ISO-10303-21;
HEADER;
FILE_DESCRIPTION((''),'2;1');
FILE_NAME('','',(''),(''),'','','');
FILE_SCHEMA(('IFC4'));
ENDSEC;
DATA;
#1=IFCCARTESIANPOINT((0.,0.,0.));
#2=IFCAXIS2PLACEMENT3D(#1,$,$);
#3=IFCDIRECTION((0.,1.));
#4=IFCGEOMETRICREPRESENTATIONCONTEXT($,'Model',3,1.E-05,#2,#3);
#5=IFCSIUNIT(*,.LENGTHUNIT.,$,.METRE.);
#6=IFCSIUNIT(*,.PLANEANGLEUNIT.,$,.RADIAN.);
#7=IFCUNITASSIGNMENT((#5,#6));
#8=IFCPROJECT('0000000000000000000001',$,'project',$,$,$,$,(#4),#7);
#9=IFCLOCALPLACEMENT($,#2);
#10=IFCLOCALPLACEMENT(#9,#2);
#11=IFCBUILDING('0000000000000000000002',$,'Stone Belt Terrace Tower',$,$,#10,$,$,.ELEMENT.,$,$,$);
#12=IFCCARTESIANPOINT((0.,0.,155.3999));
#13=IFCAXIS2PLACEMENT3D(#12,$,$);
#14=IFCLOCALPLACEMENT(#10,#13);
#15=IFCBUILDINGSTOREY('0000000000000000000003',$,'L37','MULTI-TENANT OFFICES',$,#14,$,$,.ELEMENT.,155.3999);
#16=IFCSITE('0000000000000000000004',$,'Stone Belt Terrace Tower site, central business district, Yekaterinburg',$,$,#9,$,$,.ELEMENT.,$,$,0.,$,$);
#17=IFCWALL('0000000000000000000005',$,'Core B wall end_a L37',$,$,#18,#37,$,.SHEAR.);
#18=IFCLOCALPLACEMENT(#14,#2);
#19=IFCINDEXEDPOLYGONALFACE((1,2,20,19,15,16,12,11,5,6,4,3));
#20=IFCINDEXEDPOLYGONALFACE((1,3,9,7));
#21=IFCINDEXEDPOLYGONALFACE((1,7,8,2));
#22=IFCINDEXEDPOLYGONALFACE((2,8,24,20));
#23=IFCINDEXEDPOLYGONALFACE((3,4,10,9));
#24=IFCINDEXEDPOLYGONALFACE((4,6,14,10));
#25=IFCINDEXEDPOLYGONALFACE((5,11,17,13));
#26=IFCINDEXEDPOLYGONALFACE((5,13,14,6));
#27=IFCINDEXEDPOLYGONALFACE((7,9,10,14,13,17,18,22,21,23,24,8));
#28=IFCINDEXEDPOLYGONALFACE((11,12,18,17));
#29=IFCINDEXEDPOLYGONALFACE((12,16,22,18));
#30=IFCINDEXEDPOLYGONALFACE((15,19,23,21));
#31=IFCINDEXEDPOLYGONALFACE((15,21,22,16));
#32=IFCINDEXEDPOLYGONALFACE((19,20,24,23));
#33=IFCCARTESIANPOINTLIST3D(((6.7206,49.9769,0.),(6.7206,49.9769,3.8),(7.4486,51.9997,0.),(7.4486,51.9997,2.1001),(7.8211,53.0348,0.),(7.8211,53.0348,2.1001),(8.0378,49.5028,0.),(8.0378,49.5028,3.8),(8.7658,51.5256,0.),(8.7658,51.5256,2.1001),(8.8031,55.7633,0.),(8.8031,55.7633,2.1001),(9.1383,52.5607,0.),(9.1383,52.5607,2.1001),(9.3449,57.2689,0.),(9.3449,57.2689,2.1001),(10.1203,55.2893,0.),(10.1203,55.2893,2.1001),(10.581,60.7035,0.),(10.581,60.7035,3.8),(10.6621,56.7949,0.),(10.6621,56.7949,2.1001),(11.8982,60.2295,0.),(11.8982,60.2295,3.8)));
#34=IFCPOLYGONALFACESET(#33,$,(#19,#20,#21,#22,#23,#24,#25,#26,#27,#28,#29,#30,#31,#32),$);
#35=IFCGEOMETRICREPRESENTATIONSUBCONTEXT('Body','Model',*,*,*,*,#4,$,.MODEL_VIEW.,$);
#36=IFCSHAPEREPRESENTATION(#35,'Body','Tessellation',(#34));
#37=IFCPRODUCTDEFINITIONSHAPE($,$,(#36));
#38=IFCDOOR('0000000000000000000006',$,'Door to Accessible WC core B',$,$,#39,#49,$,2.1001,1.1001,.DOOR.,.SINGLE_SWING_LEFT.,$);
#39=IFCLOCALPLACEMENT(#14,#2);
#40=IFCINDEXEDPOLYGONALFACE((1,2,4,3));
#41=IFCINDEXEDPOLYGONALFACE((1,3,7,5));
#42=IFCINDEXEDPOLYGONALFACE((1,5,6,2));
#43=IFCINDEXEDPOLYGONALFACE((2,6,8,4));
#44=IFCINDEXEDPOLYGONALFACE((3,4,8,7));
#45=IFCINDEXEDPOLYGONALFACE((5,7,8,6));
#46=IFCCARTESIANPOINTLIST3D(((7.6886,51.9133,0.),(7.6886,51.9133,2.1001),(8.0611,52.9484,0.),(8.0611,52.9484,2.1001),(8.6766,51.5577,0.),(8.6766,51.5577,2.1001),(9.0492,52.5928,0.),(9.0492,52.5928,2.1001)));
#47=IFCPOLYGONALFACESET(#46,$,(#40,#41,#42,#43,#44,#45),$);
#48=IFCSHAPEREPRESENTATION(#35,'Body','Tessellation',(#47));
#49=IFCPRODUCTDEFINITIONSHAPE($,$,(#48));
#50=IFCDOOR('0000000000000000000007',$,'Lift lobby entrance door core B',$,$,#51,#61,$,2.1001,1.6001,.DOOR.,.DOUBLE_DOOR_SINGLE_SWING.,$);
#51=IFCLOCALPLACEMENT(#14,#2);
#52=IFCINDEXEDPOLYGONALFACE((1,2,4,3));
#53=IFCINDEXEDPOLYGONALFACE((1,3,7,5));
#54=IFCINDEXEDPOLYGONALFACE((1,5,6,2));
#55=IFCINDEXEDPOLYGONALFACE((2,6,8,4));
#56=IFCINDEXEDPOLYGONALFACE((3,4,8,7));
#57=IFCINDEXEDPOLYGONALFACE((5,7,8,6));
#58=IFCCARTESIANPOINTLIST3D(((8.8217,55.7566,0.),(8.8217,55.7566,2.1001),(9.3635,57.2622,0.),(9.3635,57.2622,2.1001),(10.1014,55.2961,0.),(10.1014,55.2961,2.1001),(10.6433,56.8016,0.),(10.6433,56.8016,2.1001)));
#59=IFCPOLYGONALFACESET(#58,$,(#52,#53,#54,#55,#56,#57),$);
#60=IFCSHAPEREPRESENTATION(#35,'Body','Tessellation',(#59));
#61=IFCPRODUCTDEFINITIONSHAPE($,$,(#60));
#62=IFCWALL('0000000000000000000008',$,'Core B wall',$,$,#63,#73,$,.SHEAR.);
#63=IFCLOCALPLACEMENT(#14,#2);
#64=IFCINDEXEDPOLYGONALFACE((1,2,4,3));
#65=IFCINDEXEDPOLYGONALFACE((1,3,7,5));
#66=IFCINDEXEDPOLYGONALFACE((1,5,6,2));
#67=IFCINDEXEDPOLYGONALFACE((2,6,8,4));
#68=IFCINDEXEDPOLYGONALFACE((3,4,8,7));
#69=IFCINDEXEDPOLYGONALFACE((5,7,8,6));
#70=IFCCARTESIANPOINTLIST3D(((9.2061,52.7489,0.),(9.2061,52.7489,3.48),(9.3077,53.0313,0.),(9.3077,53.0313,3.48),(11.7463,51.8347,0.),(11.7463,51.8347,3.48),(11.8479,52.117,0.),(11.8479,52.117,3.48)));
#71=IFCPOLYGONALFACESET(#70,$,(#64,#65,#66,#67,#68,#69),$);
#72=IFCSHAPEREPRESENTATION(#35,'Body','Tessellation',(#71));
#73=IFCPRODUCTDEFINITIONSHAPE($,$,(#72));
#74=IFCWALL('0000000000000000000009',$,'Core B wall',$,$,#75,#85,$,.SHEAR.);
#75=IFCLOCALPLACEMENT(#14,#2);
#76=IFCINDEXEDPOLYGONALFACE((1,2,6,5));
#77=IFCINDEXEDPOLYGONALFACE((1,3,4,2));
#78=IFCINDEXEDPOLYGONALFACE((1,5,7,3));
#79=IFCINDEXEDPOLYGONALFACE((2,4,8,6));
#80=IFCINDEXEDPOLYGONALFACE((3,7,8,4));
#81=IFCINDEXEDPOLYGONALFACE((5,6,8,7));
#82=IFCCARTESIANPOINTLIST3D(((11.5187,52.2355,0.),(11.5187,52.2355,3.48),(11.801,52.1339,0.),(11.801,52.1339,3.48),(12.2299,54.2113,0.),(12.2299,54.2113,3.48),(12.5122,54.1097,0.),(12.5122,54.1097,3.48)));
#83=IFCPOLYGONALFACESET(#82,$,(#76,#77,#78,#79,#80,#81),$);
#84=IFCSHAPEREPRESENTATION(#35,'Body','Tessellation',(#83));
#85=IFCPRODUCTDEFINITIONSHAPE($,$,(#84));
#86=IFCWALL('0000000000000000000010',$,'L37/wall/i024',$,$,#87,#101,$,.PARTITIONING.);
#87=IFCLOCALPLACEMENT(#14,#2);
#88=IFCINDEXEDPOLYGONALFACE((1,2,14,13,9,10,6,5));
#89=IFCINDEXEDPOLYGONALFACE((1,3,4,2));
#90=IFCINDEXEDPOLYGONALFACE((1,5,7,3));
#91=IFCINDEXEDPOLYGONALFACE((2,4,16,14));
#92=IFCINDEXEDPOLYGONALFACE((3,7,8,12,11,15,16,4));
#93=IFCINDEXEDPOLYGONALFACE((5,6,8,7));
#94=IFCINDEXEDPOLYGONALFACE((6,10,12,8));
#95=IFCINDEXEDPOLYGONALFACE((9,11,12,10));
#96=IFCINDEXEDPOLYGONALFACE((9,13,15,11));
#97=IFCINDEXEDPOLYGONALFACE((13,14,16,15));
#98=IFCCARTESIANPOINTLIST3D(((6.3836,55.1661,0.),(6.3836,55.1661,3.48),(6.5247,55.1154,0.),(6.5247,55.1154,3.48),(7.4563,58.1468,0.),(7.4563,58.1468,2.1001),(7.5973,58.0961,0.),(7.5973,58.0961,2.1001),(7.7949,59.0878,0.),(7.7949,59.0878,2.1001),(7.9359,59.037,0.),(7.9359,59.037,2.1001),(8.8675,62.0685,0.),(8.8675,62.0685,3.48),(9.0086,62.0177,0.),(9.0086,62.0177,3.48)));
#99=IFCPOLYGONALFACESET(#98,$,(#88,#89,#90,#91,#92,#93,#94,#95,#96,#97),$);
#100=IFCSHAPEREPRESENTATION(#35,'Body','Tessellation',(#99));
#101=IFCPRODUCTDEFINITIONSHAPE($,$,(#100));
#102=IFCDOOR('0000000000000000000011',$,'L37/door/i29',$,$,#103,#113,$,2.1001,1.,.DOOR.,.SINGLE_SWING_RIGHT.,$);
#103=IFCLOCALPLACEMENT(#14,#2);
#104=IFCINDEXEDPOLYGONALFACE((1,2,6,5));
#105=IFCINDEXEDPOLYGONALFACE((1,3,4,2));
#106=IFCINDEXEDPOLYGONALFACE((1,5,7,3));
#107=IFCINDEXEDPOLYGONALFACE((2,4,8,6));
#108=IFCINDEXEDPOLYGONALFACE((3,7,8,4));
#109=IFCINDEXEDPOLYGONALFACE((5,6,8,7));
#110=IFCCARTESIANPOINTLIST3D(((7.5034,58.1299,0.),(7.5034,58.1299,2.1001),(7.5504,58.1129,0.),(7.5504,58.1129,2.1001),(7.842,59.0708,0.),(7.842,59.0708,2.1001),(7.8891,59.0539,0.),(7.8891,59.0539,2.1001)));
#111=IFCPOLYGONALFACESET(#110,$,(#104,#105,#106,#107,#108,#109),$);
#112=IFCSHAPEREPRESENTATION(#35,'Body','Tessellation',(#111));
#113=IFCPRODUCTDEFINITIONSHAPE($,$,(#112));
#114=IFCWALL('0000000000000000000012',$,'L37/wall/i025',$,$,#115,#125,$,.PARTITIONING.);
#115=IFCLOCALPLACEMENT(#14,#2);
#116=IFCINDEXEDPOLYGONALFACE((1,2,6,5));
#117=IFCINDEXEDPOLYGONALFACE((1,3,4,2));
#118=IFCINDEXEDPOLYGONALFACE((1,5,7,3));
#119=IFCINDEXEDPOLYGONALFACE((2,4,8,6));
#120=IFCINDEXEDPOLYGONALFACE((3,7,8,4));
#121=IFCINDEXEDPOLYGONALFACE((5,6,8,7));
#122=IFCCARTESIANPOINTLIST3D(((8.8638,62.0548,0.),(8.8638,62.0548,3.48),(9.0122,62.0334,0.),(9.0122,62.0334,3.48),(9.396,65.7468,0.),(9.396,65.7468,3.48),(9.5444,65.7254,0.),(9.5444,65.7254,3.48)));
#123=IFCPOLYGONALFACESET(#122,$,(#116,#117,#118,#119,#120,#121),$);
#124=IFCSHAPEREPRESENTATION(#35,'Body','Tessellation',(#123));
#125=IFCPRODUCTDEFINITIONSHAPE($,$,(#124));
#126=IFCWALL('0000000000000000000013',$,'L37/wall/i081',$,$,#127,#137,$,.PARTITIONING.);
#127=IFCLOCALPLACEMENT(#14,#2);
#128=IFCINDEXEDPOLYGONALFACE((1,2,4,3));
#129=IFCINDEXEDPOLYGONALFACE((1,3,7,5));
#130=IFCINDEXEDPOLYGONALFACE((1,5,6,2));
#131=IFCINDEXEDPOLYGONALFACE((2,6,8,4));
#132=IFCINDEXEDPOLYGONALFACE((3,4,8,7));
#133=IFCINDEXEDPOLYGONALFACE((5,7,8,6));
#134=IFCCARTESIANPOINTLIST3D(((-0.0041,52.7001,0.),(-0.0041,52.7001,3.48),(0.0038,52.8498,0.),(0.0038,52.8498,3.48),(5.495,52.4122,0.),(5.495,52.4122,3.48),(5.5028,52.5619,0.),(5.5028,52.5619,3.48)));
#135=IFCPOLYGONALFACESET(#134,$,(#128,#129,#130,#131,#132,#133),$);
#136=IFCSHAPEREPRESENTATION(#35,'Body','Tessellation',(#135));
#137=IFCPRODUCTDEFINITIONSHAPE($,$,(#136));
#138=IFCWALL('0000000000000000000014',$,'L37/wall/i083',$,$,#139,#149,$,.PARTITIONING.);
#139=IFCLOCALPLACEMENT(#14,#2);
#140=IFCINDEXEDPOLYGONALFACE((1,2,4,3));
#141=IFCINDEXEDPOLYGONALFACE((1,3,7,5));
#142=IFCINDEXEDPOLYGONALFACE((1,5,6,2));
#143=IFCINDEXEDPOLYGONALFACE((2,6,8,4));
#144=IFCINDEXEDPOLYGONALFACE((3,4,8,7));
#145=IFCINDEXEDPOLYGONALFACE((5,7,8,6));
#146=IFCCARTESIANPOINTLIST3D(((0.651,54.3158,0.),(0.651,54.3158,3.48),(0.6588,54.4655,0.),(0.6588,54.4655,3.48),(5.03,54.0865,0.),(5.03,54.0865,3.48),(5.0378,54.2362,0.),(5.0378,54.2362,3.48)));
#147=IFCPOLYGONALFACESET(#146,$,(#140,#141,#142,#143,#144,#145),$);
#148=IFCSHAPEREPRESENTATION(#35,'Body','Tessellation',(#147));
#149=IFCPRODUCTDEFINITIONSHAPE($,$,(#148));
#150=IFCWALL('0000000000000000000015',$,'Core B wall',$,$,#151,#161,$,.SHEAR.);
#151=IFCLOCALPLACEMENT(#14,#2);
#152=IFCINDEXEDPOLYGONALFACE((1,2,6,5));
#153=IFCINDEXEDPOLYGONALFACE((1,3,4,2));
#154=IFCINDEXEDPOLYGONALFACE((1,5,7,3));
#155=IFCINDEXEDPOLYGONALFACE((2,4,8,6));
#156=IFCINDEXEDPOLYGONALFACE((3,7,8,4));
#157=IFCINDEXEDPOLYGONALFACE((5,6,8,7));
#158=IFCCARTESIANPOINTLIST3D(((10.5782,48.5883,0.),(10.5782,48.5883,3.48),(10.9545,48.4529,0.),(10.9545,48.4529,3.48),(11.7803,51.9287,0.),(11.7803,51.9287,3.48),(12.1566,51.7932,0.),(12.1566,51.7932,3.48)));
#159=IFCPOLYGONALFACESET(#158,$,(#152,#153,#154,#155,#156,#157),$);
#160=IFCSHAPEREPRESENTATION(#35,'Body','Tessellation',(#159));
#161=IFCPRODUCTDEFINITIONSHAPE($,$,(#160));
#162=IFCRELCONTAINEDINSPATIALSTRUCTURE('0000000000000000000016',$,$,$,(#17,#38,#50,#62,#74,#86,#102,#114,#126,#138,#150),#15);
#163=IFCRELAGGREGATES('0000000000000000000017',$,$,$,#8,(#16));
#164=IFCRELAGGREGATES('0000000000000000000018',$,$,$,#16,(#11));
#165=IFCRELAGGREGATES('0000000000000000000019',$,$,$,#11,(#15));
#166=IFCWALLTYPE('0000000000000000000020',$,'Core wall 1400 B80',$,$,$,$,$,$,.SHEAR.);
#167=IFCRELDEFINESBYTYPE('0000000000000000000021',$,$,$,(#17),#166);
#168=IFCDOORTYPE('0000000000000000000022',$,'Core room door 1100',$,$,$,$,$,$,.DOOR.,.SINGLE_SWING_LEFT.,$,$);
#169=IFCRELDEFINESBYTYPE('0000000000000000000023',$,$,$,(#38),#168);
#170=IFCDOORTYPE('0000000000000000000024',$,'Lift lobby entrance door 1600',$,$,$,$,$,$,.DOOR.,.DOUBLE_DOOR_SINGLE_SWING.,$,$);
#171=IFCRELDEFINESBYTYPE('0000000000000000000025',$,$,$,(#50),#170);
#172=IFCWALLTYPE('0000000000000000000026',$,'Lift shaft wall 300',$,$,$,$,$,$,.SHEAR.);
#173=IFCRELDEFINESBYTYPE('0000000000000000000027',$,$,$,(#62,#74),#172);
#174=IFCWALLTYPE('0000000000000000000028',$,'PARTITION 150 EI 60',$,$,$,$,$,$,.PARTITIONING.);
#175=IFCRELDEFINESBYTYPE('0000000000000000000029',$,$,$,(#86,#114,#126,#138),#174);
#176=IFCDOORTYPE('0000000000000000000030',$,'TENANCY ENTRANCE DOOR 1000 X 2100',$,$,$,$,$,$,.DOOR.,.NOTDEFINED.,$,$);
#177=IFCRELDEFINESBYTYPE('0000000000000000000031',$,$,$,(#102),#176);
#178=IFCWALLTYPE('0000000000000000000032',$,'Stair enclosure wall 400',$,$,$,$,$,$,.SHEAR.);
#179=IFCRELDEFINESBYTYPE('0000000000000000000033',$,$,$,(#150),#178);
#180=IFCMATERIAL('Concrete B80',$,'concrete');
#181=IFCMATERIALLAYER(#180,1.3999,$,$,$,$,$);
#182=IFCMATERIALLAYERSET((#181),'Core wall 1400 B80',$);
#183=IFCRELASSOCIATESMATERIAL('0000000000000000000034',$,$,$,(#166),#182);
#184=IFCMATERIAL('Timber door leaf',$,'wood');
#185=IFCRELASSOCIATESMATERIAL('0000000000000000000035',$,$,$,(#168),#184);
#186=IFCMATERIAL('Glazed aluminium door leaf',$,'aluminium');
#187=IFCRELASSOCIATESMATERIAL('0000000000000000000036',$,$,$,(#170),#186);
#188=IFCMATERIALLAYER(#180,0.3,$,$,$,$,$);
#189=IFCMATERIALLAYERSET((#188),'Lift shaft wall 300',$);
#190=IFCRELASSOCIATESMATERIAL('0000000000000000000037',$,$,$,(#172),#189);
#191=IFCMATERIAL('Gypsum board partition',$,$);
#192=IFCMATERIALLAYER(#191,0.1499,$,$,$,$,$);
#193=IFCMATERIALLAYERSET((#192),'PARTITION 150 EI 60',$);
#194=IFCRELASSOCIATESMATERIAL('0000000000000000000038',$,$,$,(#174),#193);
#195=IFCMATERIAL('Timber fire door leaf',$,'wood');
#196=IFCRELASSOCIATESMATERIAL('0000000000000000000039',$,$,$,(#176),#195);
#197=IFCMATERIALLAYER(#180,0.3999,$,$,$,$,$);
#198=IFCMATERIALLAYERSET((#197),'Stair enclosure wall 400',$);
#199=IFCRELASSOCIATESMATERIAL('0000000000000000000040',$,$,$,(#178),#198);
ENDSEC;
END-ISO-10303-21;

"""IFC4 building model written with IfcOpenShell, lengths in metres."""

from ifc_helpers import new_model, si_unit, direction, frame, frame_2d, origin, place, context, subcontext, project, spatial, rectangle, extrude, material, layer, layer_set, type_object, element, fill, save


model = new_model("IFC4")

# Units and contexts
model_context = context("Model", 3, precision=1e-05, world=origin(), true_north=direction((0.0, 1.0)))
body_context = subcontext(model_context, "Body", "Model", "MODEL_VIEW")
ifc_project = project(units=[si_unit("LENGTHUNIT", "METRE"), si_unit("PLANEANGLEUNIT", "RADIAN")], contexts=[model_context])

# Site, building, storey
site_placement = place(None, origin())
site = spatial("IfcSite", under=ifc_project, at=site_placement, Name="Stone Belt Terrace Tower site, central business district, Yekaterinburg", CompositionType="ELEMENT", RefElevation=0.0)
building_placement = place(site_placement, origin())
building = spatial("IfcBuilding", under=site, at=building_placement, Name="Stone Belt Terrace Tower", CompositionType="ELEMENT")
storey_placement = place(building_placement, frame((0.0, 0.0, 155.3999)))
storey = spatial("IfcBuildingStorey", under=building, at=storey_placement, Name="L37", Description="MULTI-TENANT OFFICES", CompositionType="ELEMENT", Elevation=155.3999)

# Shared definitions
ifc_material_1 = material(Name="Concrete B80", Category="concrete")

# Shared definitions
ifc_material_2 = material(Name="Timber door leaf", Category="wood")

# Shared definitions
ifc_layer_1 = layer(ifc_material_1, 1.3999)
ifc_layer_set_1 = layer_set([ifc_layer_1], Name="Core wall 1400 B80")
wall_type_1 = type_object("IfcWallType", Name="Core wall 1400 B80", PredefinedType="SHEAR", material=ifc_layer_set_1)
door_type_1 = type_object("IfcDoorType", Name="Core room door 1100", OperationType="SINGLE_SWING_LEFT", PredefinedType="DOOR", material=ifc_material_2)

# Wall, openings, doors
wall_1_placement = place(storey_placement, frame((7.3792, 49.7397, 0.0), z_axis=(0.0, 0.0, 1.0), x_axis=(0.338625, 0.940921, 0.0)))
wall_1 = element("IfcWall", 1, at=wall_1_placement, inside=storey, type_object=wall_type_1, Name="Core B wall end_a L37", PredefinedType="SHEAR", context=body_context, shape_type="SweptSolid", body=[
    extrude(rectangle(XDim=11.4001, YDim=1.3999, at=frame_2d((5.7002, 0.0))), origin(), (0.0, 0.0, 1.0), 3.8),
])
opening_1_placement = place(wall_1_placement, frame((6.1499, 0.0, 0.0)))
opening_1 = element("IfcOpeningElement", 2, at=opening_1_placement, cuts=wall_1, PredefinedType="OPENING", context=body_context, shape_type="SweptSolid", body=[
    extrude(rectangle(XDim=1.6001, YDim=2.1001, at=frame_2d((0.8, 1.05))), frame((0.0, 0.71, 0.0), z_axis=(0.0, -1.0, 0.0), x_axis=(1.0, 0.0, 0.0)), (0.0, 0.0, 1.0), 1.4199),
])
opening_2_placement = place(wall_1_placement, frame((2.1499, 0.0, 0.0)))
opening_2 = element("IfcOpeningElement", 3, at=opening_2_placement, cuts=wall_1, PredefinedType="OPENING", context=body_context, shape_type="SweptSolid", body=[
    extrude(rectangle(XDim=1.1001, YDim=2.1001, at=frame_2d((0.55, 1.05))), frame((0.0, 0.71, 0.0), z_axis=(0.0, -1.0, 0.0), x_axis=(1.0, 0.0, 0.0)), (0.0, 0.0, 1.0), 1.4199),
])
door_1_placement = place(opening_2_placement, origin())
door_1 = element("IfcDoor", 4, at=door_1_placement, inside=storey, type_object=door_type_1, Name="Door to Accessible WC core B", OperationType="SINGLE_SWING_LEFT", OverallHeight=2.1001, OverallWidth=1.1001, PredefinedType="DOOR", context=body_context, shape_type="SweptSolid", body=[
    extrude(rectangle(XDim=1.1001, YDim=2.1001, at=frame_2d((0.55, 1.05))), frame((0.0, 0.4448, 0.0), z_axis=(0.0, -1.0, 0.0), x_axis=(1.0, 0.0, 0.0)), (0.0, 0.0, 1.0), 1.05),
])
fill(opening_2, door_1)
ifc_material_3 = material(Name="Glazed aluminium door leaf", Category="aluminium")
door_type_2 = type_object("IfcDoorType", Name="Lift lobby entrance door 1600", OperationType="DOUBLE_DOOR_SINGLE_SWING", PredefinedType="DOOR", material=ifc_material_3)
door_2_placement = place(opening_1_placement, origin())
door_2 = element("IfcDoor", 5, at=door_2_placement, inside=storey, type_object=door_type_2, Name="Lift lobby entrance door core B", OperationType="DOUBLE_DOOR_SINGLE_SWING", OverallHeight=2.1001, OverallWidth=1.6001, PredefinedType="DOOR", context=body_context, shape_type="SweptSolid", body=[
    extrude(rectangle(XDim=1.6001, YDim=2.1001, at=frame_2d((0.8, 1.05))), frame((0.0, 0.6802, 0.0), z_axis=(0.0, -1.0, 0.0), x_axis=(1.0, 0.0, 0.0)), (0.0, 0.0, 1.0), 1.3601),
])
fill(opening_1, door_2)

# Walls
ifc_layer_2 = layer(ifc_material_1, 0.3)
ifc_layer_set_2 = layer_set([ifc_layer_2], Name="Lift shaft wall 300")
wall_type_2 = type_object("IfcWallType", Name="Lift shaft wall 300", PredefinedType="SHEAR", material=ifc_layer_set_2)
wall_2_placement = place(storey_placement, frame((11.7971, 51.9758, 0.0), z_axis=(0.0, 0.0, 1.0), x_axis=(-0.94091, 0.338655, 0.0)))
element("IfcWall", 6, at=wall_2_placement, inside=storey, type_object=wall_type_2, Name="Core B wall", PredefinedType="SHEAR", context=body_context, shape_type="SweptSolid", body=[
    extrude(rectangle(XDim=2.6997, YDim=0.3, at=frame_2d((1.3499, 0.0))), origin(), (0.0, 0.0, 1.0), 3.48),
])
wall_3_placement = place(storey_placement, frame((11.6599, 52.1848, 0.0), z_axis=(0.0, 0.0, 1.0), x_axis=(0.33867, 0.940905, 0.0)))
element("IfcWall", 7, at=wall_3_placement, inside=storey, type_object=wall_type_2, Name="Core B wall", PredefinedType="SHEAR", context=body_context, shape_type="SweptSolid", body=[
    extrude(rectangle(XDim=2.0999, YDim=0.3, at=frame_2d((1.0498, 0.0))), origin(), (0.0, 0.0, 1.0), 3.48),
])

# Wall, opening, door
ifc_material_4 = material(Name="Gypsum board partition")
ifc_layer_3 = layer(ifc_material_4, 0.1499)
ifc_layer_set_3 = layer_set([ifc_layer_3], Name="PARTITION 150 EI 60")
wall_type_3 = type_object("IfcWallType", Name="PARTITION 150 EI 60", PredefinedType="PARTITIONING", material=ifc_layer_set_3)
wall_4_placement = place(storey_placement, frame((6.4541, 55.1406, 0.0), z_axis=(0.0, 0.0, 1.0), x_axis=(0.338604, 0.940929, 0.0)))
wall_4 = element("IfcWall", 8, at=wall_4_placement, inside=storey, type_object=wall_type_3, Name="L37/wall/i024", PredefinedType="PARTITIONING", context=body_context, shape_type="SweptSolid", body=[
    extrude(rectangle(XDim=7.3357, YDim=0.1499, at=frame_2d((3.668, 0.0))), origin(), (0.0, 0.0, 1.0), 3.48),
])
opening_3_placement = place(wall_4_placement, frame((3.168, 0.0, 0.0)))
opening_3 = element("IfcOpeningElement", 9, at=opening_3_placement, cuts=wall_4, PredefinedType="OPENING", context=body_context, shape_type="SweptSolid", body=[
    extrude(rectangle(XDim=1.0, YDim=2.1001, at=frame_2d((0.5, 1.05))), frame((0.0, 0.085, 0.0), z_axis=(0.0, -1.0, 0.0), x_axis=(1.0, 0.0, 0.0)), (0.0, 0.0, 1.0), 0.1699),
])
ifc_material_5 = material(Name="Timber fire door leaf", Category="wood")
door_type_3 = type_object("IfcDoorType", Name="TENANCY ENTRANCE DOOR 1000 X 2100", OperationType="NOTDEFINED", PredefinedType="DOOR", material=ifc_material_5)
door_3_placement = place(opening_3_placement, origin())
door_3 = element("IfcDoor", 10, at=door_3_placement, inside=storey, type_object=door_type_3, Name="L37/door/i29", OperationType="SINGLE_SWING_RIGHT", OverallHeight=2.1001, OverallWidth=1.0, PredefinedType="DOOR", context=body_context, shape_type="SweptSolid", body=[
    extrude(rectangle(XDim=1.0, YDim=2.1001, at=frame_2d((0.5, 1.05))), frame((0.0, 0.0249, 0.0), z_axis=(0.0, -1.0, 0.0), x_axis=(1.0, 0.0, 0.0)), (0.0, 0.0, 1.0), 0.05),
])
fill(opening_3, door_3)

# Walls
wall_5_placement = place(storey_placement, frame((8.938, 62.0439, 0.0), z_axis=(0.0, 0.0, 1.0), x_axis=(0.142677, 0.989769, 0.0)))
element("IfcWall", 11, at=wall_5_placement, inside=storey, type_object=wall_type_3, Name="L37/wall/i025", PredefinedType="PARTITIONING", context=body_context, shape_type="SweptSolid", body=[
    extrude(rectangle(XDim=3.7302, YDim=0.1499, at=frame_2d((1.8652, 0.0))), origin(), (0.0, 0.0, 1.0), 3.48),
])
wall_6_placement = place(storey_placement, frame((5.499, 52.4871, 0.0), z_axis=(0.0, 0.0, 1.0), x_axis=(-0.998633, 0.052273, 0.0)))
element("IfcWall", 12, at=wall_6_placement, inside=storey, type_object=wall_type_3, Name="L37/wall/i081", PredefinedType="PARTITIONING", context=body_context, shape_type="SweptSolid", body=[
    extrude(rectangle(XDim=5.5066, YDim=0.1499, at=frame_2d((2.7534, 0.0))), origin(), (0.0, 0.0, 1.0), 3.48),
])
wall_7_placement = place(storey_placement, frame((0.655, 54.3906, 0.0), z_axis=(0.0, 0.0, 1.0), x_axis=(0.998632, -0.052281, 0.0)))
element("IfcWall", 13, at=wall_7_placement, inside=storey, type_object=wall_type_3, Name="L37/wall/i083", PredefinedType="PARTITIONING", context=body_context, shape_type="SweptSolid", body=[
    extrude(rectangle(XDim=4.385, YDim=0.1499, at=frame_2d((2.1924, 0.0))), origin(), (0.0, 0.0, 1.0), 3.48),
])
ifc_layer_4 = layer(ifc_material_1, 0.3999)
ifc_layer_set_4 = layer_set([ifc_layer_4], Name="Stair enclosure wall 400")
wall_type_4 = type_object("IfcWallType", Name="Stair enclosure wall 400", PredefinedType="SHEAR", material=ifc_layer_set_4)
wall_8_placement = place(storey_placement, frame((10.7664, 48.5208, 0.0), z_axis=(0.0, 0.0, 1.0), x_axis=(0.338627, 0.940921, 0.0)))
element("IfcWall", 14, at=wall_8_placement, inside=storey, type_object=wall_type_4, Name="Core B wall", PredefinedType="SHEAR", context=body_context, shape_type="SweptSolid", body=[
    extrude(rectangle(XDim=3.55, YDim=0.3999, at=frame_2d((1.7749, 0.0))), origin(), (0.0, 0.0, 1.0), 3.48),
])

save(model, "model.ifc")
